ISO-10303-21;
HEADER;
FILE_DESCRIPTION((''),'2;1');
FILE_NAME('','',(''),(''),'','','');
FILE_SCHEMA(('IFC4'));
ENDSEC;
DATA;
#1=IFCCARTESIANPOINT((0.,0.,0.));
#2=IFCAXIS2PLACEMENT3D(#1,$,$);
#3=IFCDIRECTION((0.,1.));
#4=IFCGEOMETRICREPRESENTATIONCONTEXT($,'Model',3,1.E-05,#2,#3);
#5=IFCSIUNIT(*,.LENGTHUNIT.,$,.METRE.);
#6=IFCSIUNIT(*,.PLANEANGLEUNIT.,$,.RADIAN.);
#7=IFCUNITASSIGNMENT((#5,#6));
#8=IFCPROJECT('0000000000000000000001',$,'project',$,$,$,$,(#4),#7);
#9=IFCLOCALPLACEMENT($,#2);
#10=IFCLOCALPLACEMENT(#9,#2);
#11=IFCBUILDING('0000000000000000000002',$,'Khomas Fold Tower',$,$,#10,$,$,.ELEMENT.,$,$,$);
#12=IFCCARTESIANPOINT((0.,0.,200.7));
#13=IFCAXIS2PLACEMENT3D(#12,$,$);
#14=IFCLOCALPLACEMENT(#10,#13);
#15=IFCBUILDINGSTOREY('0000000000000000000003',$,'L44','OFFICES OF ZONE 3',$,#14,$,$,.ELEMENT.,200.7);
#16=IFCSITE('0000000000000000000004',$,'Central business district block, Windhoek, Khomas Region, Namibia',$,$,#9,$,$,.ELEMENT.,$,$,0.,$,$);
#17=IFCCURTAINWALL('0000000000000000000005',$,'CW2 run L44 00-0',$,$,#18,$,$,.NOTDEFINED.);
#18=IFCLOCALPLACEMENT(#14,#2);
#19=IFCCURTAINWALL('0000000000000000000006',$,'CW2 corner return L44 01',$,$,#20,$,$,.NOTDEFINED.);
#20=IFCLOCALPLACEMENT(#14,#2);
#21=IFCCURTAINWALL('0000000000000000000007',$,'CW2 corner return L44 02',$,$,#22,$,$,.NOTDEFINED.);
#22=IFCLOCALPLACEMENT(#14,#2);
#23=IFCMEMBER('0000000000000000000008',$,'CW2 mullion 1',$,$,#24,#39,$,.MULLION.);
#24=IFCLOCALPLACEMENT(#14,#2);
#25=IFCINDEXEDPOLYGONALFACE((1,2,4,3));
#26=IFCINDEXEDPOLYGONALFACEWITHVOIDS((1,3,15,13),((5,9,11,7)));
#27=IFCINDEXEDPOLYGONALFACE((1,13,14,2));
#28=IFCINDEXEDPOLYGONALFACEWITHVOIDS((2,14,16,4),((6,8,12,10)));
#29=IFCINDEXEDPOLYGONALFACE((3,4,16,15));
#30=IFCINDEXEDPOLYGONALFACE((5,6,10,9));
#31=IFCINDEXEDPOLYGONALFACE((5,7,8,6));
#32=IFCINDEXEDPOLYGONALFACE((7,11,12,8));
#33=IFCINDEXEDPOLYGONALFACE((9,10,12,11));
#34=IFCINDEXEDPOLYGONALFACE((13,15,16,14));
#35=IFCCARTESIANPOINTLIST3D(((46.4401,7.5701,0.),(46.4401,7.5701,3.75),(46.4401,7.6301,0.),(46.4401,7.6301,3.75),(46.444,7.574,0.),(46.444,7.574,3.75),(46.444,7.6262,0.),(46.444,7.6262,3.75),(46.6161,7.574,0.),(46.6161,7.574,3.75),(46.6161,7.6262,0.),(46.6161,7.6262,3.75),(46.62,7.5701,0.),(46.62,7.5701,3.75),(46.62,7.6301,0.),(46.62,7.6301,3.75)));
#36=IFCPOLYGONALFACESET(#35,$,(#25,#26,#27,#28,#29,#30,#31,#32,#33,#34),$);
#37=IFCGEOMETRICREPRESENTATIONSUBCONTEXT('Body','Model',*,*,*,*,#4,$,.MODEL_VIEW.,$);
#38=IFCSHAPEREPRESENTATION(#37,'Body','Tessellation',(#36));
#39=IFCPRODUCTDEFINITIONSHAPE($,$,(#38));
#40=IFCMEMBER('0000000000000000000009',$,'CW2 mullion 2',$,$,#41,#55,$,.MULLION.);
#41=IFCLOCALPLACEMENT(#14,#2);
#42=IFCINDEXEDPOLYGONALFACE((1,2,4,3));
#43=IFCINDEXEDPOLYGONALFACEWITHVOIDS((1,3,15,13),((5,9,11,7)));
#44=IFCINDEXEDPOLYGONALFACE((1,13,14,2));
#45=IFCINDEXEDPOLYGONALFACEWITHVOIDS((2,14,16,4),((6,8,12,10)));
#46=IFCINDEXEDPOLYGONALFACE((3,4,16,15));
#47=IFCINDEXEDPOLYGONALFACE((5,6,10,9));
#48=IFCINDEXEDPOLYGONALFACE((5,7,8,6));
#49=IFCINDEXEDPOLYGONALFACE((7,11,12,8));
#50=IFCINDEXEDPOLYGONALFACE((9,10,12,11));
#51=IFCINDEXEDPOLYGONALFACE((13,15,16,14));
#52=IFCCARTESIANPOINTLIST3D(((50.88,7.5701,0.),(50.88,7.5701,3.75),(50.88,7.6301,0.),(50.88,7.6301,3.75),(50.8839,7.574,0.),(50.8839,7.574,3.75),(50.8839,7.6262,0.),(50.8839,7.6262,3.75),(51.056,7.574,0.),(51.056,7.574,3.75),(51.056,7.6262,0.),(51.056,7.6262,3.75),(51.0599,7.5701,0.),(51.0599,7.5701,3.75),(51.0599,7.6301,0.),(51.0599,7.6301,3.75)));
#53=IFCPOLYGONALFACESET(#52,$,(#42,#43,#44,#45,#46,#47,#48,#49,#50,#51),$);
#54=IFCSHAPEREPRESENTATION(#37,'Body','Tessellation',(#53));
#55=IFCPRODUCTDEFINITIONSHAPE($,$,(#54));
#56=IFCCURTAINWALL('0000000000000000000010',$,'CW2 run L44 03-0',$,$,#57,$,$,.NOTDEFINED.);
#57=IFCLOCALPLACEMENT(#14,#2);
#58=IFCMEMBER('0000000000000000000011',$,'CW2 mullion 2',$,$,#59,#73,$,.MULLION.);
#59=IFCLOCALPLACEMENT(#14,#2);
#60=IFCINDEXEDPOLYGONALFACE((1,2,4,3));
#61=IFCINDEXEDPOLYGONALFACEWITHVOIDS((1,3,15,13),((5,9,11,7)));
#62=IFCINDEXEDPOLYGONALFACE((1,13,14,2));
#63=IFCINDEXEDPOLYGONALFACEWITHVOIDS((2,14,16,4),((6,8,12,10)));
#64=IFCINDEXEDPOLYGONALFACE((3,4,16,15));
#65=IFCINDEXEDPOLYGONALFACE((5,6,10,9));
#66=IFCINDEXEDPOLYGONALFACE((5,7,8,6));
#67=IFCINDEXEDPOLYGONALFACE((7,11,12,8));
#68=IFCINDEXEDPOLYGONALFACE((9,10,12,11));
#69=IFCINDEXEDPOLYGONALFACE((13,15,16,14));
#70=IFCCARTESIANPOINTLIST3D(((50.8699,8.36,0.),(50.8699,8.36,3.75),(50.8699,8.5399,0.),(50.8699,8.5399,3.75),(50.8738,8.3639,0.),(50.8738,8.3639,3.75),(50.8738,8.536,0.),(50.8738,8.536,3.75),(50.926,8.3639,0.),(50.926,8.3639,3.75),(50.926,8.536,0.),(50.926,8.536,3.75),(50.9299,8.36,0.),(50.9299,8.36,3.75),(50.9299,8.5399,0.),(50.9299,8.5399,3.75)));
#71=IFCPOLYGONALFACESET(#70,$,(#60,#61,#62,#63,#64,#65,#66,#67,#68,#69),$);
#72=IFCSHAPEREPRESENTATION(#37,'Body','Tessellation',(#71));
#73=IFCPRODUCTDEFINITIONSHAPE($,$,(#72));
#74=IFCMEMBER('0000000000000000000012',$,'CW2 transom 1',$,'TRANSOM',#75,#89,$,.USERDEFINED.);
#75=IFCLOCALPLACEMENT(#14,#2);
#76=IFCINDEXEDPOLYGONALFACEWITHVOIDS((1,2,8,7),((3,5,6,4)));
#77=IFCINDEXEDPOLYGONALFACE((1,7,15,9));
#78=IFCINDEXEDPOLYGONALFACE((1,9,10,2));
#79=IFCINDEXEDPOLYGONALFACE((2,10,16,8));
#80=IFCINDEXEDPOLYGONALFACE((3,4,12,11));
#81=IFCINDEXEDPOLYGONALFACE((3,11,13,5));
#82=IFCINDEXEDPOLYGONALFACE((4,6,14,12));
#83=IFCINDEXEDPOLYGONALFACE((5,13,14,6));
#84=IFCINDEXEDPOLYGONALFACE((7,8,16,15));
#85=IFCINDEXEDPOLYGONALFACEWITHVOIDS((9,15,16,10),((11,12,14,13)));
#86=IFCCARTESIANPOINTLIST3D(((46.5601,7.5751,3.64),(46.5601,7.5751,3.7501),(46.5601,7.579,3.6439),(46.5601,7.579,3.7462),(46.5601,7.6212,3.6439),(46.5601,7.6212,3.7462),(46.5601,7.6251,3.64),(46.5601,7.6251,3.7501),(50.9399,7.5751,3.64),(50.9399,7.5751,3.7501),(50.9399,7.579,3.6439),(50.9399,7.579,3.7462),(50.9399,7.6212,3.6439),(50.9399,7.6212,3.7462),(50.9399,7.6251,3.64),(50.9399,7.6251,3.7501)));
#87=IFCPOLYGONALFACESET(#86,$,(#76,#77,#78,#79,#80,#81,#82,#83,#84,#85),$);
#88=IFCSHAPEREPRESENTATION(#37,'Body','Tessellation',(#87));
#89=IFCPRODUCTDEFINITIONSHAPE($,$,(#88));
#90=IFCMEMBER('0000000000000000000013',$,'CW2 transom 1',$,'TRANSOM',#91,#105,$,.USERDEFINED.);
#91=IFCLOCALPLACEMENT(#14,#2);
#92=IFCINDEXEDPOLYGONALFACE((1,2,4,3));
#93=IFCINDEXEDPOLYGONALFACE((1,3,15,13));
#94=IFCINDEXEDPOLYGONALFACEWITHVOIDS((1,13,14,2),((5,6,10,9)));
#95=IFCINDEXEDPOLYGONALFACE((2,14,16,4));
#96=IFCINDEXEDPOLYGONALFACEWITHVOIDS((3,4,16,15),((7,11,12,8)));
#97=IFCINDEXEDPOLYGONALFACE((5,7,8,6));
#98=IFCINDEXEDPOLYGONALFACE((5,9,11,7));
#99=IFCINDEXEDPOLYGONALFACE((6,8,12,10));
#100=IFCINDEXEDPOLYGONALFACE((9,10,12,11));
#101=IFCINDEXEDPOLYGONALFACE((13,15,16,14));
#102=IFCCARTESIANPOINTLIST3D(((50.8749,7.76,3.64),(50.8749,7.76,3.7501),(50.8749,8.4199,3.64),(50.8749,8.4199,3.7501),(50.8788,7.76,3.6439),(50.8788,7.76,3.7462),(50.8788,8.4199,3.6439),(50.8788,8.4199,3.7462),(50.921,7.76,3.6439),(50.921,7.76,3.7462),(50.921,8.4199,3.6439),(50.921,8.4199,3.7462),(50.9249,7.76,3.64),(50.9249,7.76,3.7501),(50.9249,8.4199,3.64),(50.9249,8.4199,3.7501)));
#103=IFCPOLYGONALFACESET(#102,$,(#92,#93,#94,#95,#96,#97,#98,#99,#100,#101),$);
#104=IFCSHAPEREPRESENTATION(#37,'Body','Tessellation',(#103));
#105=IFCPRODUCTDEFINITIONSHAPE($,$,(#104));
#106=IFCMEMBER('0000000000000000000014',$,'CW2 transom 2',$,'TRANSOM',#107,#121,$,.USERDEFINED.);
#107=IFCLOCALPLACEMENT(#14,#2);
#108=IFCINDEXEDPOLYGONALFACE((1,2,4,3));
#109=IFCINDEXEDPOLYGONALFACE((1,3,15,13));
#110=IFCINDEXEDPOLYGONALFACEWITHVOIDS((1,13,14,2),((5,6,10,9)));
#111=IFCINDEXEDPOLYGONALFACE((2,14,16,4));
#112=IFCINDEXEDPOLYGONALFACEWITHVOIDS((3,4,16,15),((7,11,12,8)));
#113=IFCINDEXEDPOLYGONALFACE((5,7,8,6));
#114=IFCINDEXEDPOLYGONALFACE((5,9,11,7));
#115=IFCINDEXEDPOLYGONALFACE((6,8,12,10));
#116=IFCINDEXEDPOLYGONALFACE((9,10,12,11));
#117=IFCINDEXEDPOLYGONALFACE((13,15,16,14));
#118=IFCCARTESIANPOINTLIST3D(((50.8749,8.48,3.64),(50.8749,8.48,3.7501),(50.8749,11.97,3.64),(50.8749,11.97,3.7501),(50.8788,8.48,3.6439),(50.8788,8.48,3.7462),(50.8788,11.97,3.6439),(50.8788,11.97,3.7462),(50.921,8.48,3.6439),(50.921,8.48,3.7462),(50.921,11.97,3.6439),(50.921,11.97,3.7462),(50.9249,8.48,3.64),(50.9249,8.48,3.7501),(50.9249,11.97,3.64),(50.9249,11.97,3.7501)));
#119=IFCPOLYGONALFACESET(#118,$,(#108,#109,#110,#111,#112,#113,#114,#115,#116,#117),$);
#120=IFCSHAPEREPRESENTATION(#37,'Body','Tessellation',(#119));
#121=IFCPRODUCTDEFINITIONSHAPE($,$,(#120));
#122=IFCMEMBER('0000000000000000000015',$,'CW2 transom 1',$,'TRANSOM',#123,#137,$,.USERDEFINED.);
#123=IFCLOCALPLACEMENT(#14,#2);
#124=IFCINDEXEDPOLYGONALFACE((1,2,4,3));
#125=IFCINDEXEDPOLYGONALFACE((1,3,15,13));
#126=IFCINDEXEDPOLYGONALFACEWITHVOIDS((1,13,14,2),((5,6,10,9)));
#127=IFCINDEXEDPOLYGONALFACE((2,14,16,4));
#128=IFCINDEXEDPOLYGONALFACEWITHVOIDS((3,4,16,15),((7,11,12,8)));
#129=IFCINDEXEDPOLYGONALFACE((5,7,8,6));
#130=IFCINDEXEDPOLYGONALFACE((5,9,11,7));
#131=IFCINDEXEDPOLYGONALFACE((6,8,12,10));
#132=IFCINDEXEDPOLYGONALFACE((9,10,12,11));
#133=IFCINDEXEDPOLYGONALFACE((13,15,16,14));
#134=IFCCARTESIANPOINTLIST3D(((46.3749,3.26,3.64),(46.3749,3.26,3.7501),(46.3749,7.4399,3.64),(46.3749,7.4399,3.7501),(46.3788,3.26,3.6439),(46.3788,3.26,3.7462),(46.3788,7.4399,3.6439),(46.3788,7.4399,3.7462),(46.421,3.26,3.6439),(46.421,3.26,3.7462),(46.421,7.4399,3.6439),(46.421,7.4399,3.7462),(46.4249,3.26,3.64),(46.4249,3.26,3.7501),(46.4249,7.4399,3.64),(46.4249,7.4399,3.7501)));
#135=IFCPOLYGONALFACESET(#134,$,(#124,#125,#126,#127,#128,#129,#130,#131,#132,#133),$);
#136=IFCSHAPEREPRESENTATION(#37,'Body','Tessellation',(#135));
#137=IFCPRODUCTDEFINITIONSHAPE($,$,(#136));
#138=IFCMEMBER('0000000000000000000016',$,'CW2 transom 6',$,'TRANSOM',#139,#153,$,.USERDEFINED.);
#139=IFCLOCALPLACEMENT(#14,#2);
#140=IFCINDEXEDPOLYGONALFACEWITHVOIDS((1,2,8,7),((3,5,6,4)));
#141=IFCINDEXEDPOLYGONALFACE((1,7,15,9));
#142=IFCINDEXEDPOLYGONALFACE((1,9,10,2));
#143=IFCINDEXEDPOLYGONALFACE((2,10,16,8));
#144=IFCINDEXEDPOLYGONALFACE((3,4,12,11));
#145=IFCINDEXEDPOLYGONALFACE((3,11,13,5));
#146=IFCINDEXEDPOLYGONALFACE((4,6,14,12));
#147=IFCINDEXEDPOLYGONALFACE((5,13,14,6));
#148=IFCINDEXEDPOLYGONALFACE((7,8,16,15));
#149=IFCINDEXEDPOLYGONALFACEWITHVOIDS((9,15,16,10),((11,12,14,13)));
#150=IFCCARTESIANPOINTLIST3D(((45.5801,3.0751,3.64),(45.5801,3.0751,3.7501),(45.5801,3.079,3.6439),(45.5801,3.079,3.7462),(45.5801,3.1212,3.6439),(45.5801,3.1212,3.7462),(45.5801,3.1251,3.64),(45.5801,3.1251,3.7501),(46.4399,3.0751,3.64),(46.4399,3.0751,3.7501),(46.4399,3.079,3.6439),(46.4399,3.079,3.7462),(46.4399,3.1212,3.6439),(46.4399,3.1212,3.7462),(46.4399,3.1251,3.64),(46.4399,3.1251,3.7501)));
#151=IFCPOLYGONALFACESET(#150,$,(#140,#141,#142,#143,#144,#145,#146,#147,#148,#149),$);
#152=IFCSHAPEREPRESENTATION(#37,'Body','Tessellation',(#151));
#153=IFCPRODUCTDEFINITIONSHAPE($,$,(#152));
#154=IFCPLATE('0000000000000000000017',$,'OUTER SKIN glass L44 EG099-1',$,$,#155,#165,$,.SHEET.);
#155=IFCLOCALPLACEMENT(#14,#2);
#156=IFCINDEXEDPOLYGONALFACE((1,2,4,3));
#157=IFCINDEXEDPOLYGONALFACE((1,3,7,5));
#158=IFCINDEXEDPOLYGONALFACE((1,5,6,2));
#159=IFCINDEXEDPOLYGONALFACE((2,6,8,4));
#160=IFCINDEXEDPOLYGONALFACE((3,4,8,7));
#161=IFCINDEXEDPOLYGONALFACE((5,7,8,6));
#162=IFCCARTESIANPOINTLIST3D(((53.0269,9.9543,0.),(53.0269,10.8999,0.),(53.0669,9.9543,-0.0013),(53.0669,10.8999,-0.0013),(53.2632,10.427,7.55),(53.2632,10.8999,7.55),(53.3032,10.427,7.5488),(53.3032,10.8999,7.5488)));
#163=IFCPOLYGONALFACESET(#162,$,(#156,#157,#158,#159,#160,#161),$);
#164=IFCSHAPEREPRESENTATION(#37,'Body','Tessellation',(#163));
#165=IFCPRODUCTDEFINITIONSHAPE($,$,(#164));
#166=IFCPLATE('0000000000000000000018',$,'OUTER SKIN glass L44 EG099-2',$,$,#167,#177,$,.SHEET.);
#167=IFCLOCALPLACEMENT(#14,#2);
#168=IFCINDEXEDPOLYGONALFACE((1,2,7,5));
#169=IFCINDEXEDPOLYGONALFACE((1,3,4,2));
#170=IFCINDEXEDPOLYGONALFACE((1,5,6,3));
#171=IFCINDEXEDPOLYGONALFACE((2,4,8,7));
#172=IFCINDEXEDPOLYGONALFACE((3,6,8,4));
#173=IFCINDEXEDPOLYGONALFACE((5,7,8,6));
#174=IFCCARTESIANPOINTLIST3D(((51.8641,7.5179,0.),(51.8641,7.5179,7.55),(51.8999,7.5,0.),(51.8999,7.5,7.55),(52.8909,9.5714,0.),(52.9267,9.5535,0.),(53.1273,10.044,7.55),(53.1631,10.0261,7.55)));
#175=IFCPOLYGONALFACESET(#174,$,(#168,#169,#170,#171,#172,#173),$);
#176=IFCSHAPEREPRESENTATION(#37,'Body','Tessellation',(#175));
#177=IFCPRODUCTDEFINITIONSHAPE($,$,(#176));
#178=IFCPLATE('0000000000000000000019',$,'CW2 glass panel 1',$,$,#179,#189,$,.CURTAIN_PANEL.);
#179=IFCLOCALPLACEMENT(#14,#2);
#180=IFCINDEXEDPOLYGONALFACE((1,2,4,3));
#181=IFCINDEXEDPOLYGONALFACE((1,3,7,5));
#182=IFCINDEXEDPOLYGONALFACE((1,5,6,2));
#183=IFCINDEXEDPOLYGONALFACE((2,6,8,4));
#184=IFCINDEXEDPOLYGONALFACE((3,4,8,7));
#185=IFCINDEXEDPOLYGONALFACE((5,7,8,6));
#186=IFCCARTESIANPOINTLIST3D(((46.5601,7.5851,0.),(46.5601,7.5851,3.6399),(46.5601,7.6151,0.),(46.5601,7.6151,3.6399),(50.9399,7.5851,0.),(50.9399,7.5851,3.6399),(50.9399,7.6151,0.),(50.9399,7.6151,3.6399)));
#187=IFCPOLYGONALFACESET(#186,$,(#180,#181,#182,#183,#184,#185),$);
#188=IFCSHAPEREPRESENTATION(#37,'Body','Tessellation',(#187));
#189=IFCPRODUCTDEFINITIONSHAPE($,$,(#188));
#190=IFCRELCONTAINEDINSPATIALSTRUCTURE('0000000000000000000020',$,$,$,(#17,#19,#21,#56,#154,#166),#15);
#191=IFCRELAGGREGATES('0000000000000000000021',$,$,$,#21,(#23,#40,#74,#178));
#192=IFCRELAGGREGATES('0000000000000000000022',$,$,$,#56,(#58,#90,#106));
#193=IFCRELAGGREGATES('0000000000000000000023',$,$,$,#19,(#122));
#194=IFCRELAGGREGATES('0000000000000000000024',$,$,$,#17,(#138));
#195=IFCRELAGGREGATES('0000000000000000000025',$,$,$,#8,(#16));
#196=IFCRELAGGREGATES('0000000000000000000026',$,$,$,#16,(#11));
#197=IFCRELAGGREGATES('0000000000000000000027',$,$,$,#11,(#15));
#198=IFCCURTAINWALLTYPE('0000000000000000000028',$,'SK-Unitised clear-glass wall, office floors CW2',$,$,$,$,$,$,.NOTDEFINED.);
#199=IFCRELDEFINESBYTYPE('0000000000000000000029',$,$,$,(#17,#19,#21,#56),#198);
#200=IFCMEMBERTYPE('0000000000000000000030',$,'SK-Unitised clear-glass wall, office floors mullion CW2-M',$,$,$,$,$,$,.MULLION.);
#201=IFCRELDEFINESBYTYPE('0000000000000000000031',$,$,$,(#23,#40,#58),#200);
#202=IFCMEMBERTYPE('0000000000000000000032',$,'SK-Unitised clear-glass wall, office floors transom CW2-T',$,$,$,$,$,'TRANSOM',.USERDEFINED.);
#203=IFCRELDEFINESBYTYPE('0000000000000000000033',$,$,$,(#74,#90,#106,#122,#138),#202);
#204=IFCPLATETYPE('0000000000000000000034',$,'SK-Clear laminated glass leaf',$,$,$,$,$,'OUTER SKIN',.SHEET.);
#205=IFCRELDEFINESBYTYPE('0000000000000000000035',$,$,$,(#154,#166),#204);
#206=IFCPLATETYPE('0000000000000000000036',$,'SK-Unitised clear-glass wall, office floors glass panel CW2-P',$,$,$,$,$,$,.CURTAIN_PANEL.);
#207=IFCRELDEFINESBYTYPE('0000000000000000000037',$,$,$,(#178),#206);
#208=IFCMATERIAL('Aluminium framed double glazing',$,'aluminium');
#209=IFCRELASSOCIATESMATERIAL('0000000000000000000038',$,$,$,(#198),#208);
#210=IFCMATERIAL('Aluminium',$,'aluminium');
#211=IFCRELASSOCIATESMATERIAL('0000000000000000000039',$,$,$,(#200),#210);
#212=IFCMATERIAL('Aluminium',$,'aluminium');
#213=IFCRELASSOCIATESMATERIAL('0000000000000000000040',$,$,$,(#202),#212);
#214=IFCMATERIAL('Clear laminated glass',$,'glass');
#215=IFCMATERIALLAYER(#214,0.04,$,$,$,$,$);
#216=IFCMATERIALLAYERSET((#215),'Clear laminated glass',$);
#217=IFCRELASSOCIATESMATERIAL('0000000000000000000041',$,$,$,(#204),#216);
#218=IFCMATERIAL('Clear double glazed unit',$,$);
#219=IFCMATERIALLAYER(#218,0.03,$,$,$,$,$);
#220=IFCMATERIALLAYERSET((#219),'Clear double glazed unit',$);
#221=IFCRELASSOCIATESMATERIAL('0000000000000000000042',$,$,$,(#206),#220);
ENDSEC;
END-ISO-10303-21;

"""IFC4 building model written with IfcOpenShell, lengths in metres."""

from ifc_helpers import new_model, si_unit, direction, frame, origin, origin_2d, place, context, subcontext, project, spatial, polyline, rectangle, hollow_rectangle, outline, extrude, source, transform, mapped, material, layer, layer_set, material_profile, profile_set, type_object, element, aggregate, save


model = new_model("IFC4")

# Units and contexts
model_context = context("Model", 3, precision=1e-05, world=origin(), true_north=direction((0.0, 1.0)))
body_context = subcontext(model_context, "Body", "Model", "MODEL_VIEW")
ifc_project = project(units=[si_unit("LENGTHUNIT", "METRE"), si_unit("PLANEANGLEUNIT", "RADIAN")], contexts=[model_context])

# Site, building, storey
site_placement = place(None, origin())
site = spatial("IfcSite", under=ifc_project, at=site_placement, Name="Central business district block, Windhoek, Khomas Region, Namibia", CompositionType="ELEMENT", RefElevation=0.0)
building_placement = place(site_placement, origin())
building = spatial("IfcBuilding", under=site, at=building_placement, Name="Khomas Fold Tower", CompositionType="ELEMENT")
storey_placement = place(building_placement, frame((0.0, 0.0, 200.7)))
storey = spatial("IfcBuildingStorey", under=building, at=storey_placement, Name="L44", Description="OFFICES OF ZONE 3", CompositionType="ELEMENT", Elevation=200.7)

# Curtain walls, members
ifc_material_1 = material(Name="Aluminium framed double glazing", Category="aluminium")
curtain_wall_type = type_object("IfcCurtainWallType", Name="SK-Unitised clear-glass wall, office floors CW2", PredefinedType="NOTDEFINED", material=ifc_material_1)
curtain_wall_1_placement = place(storey_placement, origin())
curtain_wall_1 = element("IfcCurtainWall", 1, at=curtain_wall_1_placement, inside=storey, type_object=curtain_wall_type, Name="CW2 run L44 00-0", PredefinedType="NOTDEFINED")
ifc_material_2 = material(Name="Aluminium", Category="aluminium")
ifc_material_profile_1 = material_profile(ifc_material_2, hollow_rectangle(XDim=0.0601, YDim=0.1799, WallThickness=0.0039, at=origin_2d()), Name="SK-Unitised clear-glass wall, office floors mullion CW2-M")
ifc_profile_set_1 = profile_set([ifc_material_profile_1], Name="Aluminium")
member_type_1 = type_object("IfcMemberType", Name="SK-Unitised clear-glass wall, office floors mullion CW2-M", PredefinedType="MULLION", material=ifc_profile_set_1)
shared_shape_1 = source(origin(), body_context, "Body", "SweptSolid", [
    extrude(hollow_rectangle(XDim=0.0601, YDim=0.1799, WallThickness=0.0039, at=origin_2d()), origin(), (0.0, 0.0, 1.0), 3.75),
])
curtain_wall_2_placement = place(storey_placement, origin())
curtain_wall_2 = element("IfcCurtainWall", 2, at=curtain_wall_2_placement, inside=storey, type_object=curtain_wall_type, Name="CW2 corner return L44 01", PredefinedType="NOTDEFINED")
curtain_wall_3_placement = place(storey_placement, origin())
curtain_wall_3 = element("IfcCurtainWall", 3, at=curtain_wall_3_placement, inside=storey, type_object=curtain_wall_type, Name="CW2 corner return L44 02", PredefinedType="NOTDEFINED")
member_1_placement = place(storey_placement, frame((46.53, 7.6001, 0.0), z_axis=(0.0, 0.0, 1.0), x_axis=(0.0, 1.0, 0.0)))
member_1 = element("IfcMember", 4, at=member_1_placement, type_object=member_type_1, Name="CW2 mullion 1", PredefinedType="MULLION", context=body_context, shape_type="MappedRepresentation", body=[
    mapped(shared_shape_1, transform((0.0, 0.0, 0.0))),
])
member_2_placement = place(storey_placement, frame((50.97, 7.6001, 0.0), z_axis=(0.0, 0.0, 1.0), x_axis=(0.0, 1.0, 0.0)))
member_2 = element("IfcMember", 5, at=member_2_placement, type_object=member_type_1, Name="CW2 mullion 2", PredefinedType="MULLION", context=body_context, shape_type="MappedRepresentation", body=[
    mapped(shared_shape_1, transform((0.0, 0.0, 0.0))),
])

# Curtain wall, member
curtain_wall_4_placement = place(storey_placement, origin())
curtain_wall_4 = element("IfcCurtainWall", 6, at=curtain_wall_4_placement, inside=storey, type_object=curtain_wall_type, Name="CW2 run L44 03-0", PredefinedType="NOTDEFINED")
member_3_placement = place(storey_placement, frame((50.8999, 8.45, 0.0), z_axis=(0.0, 0.0, 1.0), x_axis=(-1.0, 0.0, 0.0)))
member_3 = element("IfcMember", 7, at=member_3_placement, type_object=member_type_1, Name="CW2 mullion 2", PredefinedType="MULLION", context=body_context, shape_type="MappedRepresentation", body=[
    mapped(shared_shape_1, transform((0.0, 0.0, 0.0))),
])

# Members
ifc_material_3 = material(Name="Aluminium", Category="aluminium")
ifc_material_profile_2 = material_profile(ifc_material_3, hollow_rectangle(XDim=0.05, YDim=0.1101, WallThickness=0.0039, at=origin_2d()), Name="SK-Unitised clear-glass wall, office floors transom CW2-T")
ifc_profile_set_2 = profile_set([ifc_material_profile_2], Name="Aluminium")
member_type_2 = type_object("IfcMemberType", Name="SK-Unitised clear-glass wall, office floors transom CW2-T", ElementType="TRANSOM", PredefinedType="USERDEFINED", material=ifc_profile_set_2)
shared_shape_2 = source(origin(), body_context, "Body", "SweptSolid", [
    extrude(hollow_rectangle(XDim=0.05, YDim=0.1101, WallThickness=0.0039, at=origin_2d()), origin(), (0.0, 0.0, 1.0), 4.3799),
])
member_4_placement = place(storey_placement, frame((46.5601, 7.6001, 3.6951), z_axis=(1.0, 0.0, 0.0), x_axis=(0.0, 1.0, 0.0)))
member_4 = element("IfcMember", 8, at=member_4_placement, type_object=member_type_2, Name="CW2 transom 1", ObjectType="TRANSOM", PredefinedType="USERDEFINED", context=body_context, shape_type="MappedRepresentation", body=[
    mapped(shared_shape_2, transform((0.0, 0.0, 0.0))),
])
shared_shape_3 = source(origin(), body_context, "Body", "SweptSolid", [
    extrude(hollow_rectangle(XDim=0.05, YDim=0.1101, WallThickness=0.0039, at=origin_2d()), origin(), (0.0, 0.0, 1.0), 0.6599),
])
member_5_placement = place(storey_placement, frame((50.8999, 7.76, 3.6951), z_axis=(0.0, 1.0, 0.0), x_axis=(-1.0, 0.0, 0.0)))
member_5 = element("IfcMember", 9, at=member_5_placement, type_object=member_type_2, Name="CW2 transom 1", ObjectType="TRANSOM", PredefinedType="USERDEFINED", context=body_context, shape_type="MappedRepresentation", body=[
    mapped(shared_shape_3, transform((0.0, 0.0, 0.0))),
])
shared_shape_4 = source(origin(), body_context, "Body", "SweptSolid", [
    extrude(hollow_rectangle(XDim=0.05, YDim=0.1101, WallThickness=0.0039, at=origin_2d()), origin(), (0.0, 0.0, 1.0), 3.49),
])
member_6_placement = place(storey_placement, frame((50.8999, 8.48, 3.6951), z_axis=(0.0, 1.0, 0.0), x_axis=(-1.0, 0.0, 0.0)))
member_6 = element("IfcMember", 10, at=member_6_placement, type_object=member_type_2, Name="CW2 transom 2", ObjectType="TRANSOM", PredefinedType="USERDEFINED", context=body_context, shape_type="MappedRepresentation", body=[
    mapped(shared_shape_4, transform((0.0, 0.0, 0.0))),
])
shared_shape_5 = source(origin(), body_context, "Body", "SweptSolid", [
    extrude(hollow_rectangle(XDim=0.05, YDim=0.1101, WallThickness=0.0039, at=origin_2d()), origin(), (0.0, 0.0, 1.0), 4.1799),
])
member_7_placement = place(storey_placement, frame((46.3999, 3.26, 3.6951), z_axis=(0.0, 1.0, 0.0), x_axis=(-1.0, 0.0, 0.0)))
member_7 = element("IfcMember", 11, at=member_7_placement, type_object=member_type_2, Name="CW2 transom 1", ObjectType="TRANSOM", PredefinedType="USERDEFINED", context=body_context, shape_type="MappedRepresentation", body=[
    mapped(shared_shape_5, transform((0.0, 0.0, 0.0))),
])
shared_shape_6 = source(origin(), body_context, "Body", "SweptSolid", [
    extrude(hollow_rectangle(XDim=0.05, YDim=0.1101, WallThickness=0.0039, at=origin_2d()), origin(), (0.0, 0.0, 1.0), 0.8599),
])
member_8_placement = place(storey_placement, frame((45.5801, 3.1001, 3.6951), z_axis=(1.0, 0.0, 0.0), x_axis=(0.0, 1.0, 0.0)))
member_8 = element("IfcMember", 12, at=member_8_placement, type_object=member_type_2, Name="CW2 transom 6", ObjectType="TRANSOM", PredefinedType="USERDEFINED", context=body_context, shape_type="MappedRepresentation", body=[
    mapped(shared_shape_6, transform((0.0, 0.0, 0.0))),
])

# Plates
ifc_material_4 = material(Name="Clear laminated glass", Category="glass")
ifc_layer_1 = layer(ifc_material_4, 0.04)
ifc_layer_set_1 = layer_set([ifc_layer_1], Name="Clear laminated glass")
plate_type_1 = type_object("IfcPlateType", Name="SK-Clear laminated glass leaf", ElementType="OUTER SKIN", PredefinedType="SHEET", material=ifc_layer_set_1)
plate_1_placement = place(storey_placement, frame((53.0269, 10.8999, 0.0), z_axis=(-0.99951, 0.0, 0.031286), x_axis=(0.0, -1.0, 0.0)))
element("IfcPlate", 13, at=plate_1_placement, inside=storey, type_object=plate_type_1, Name="OUTER SKIN glass L44 EG099-1", PredefinedType="SHEET", context=body_context, shape_type="SweptSolid", body=[
    extrude(outline(polyline([(0.0, 0.0), (0.9456, 0.0), (0.4729, 7.5537), (0.0, 7.5537), (0.0, 0.0)])), origin(), (0.0, 0.0, -1.0), 0.04),
])
plate_2_placement = place(storey_placement, frame((53.1631, 10.0261, 7.55), z_axis=(0.894408, -0.447252, 0.000001), x_axis=(-0.031226, -0.06245, -0.997559)))
element("IfcPlate", 14, at=plate_2_placement, inside=storey, type_object=plate_type_1, Name="OUTER SKIN glass L44 EG099-2", PredefinedType="SHEET", context=body_context, shape_type="SweptSolid", body=[
    extrude(outline(polyline([(0.0, 0.0), (7.5685, 0.0), (7.7288, -2.2903), (0.1972, -2.8175), (0.0, 0.0)])), origin(), (0.0, 0.0, -1.0), 0.04),
])

# Plate
ifc_material_5 = material(Name="Clear double glazed unit")
ifc_layer_2 = layer(ifc_material_5, 0.03)
ifc_layer_set_2 = layer_set([ifc_layer_2], Name="Clear double glazed unit")
plate_type_2 = type_object("IfcPlateType", Name="SK-Unitised clear-glass wall, office floors glass panel CW2-P", PredefinedType="CURTAIN_PANEL", material=ifc_layer_set_2)
shared_shape_7 = source(origin(), body_context, "Body", "SweptSolid", [
    extrude(rectangle(XDim=4.3799, YDim=0.03, at=origin_2d()), origin(), (0.0, 0.0, 1.0), 3.6399),
])
plate_3_placement = place(storey_placement, frame((48.75, 7.6001, 0.0), z_axis=(0.0, 0.0, 1.0), x_axis=(1.0, 0.0, 0.0)))
plate_3 = element("IfcPlate", 15, at=plate_3_placement, type_object=plate_type_2, Name="CW2 glass panel 1", PredefinedType="CURTAIN_PANEL", context=body_context, shape_type="MappedRepresentation", body=[
    mapped(shared_shape_7, transform((0.0, 0.0, 0.0))),
])
aggregate(curtain_wall_3, [member_1, member_2, member_4, plate_3])
aggregate(curtain_wall_4, [member_3, member_5, member_6])
aggregate(curtain_wall_2, [member_7])
aggregate(curtain_wall_1, [member_8])

save(model, "model.ifc")
